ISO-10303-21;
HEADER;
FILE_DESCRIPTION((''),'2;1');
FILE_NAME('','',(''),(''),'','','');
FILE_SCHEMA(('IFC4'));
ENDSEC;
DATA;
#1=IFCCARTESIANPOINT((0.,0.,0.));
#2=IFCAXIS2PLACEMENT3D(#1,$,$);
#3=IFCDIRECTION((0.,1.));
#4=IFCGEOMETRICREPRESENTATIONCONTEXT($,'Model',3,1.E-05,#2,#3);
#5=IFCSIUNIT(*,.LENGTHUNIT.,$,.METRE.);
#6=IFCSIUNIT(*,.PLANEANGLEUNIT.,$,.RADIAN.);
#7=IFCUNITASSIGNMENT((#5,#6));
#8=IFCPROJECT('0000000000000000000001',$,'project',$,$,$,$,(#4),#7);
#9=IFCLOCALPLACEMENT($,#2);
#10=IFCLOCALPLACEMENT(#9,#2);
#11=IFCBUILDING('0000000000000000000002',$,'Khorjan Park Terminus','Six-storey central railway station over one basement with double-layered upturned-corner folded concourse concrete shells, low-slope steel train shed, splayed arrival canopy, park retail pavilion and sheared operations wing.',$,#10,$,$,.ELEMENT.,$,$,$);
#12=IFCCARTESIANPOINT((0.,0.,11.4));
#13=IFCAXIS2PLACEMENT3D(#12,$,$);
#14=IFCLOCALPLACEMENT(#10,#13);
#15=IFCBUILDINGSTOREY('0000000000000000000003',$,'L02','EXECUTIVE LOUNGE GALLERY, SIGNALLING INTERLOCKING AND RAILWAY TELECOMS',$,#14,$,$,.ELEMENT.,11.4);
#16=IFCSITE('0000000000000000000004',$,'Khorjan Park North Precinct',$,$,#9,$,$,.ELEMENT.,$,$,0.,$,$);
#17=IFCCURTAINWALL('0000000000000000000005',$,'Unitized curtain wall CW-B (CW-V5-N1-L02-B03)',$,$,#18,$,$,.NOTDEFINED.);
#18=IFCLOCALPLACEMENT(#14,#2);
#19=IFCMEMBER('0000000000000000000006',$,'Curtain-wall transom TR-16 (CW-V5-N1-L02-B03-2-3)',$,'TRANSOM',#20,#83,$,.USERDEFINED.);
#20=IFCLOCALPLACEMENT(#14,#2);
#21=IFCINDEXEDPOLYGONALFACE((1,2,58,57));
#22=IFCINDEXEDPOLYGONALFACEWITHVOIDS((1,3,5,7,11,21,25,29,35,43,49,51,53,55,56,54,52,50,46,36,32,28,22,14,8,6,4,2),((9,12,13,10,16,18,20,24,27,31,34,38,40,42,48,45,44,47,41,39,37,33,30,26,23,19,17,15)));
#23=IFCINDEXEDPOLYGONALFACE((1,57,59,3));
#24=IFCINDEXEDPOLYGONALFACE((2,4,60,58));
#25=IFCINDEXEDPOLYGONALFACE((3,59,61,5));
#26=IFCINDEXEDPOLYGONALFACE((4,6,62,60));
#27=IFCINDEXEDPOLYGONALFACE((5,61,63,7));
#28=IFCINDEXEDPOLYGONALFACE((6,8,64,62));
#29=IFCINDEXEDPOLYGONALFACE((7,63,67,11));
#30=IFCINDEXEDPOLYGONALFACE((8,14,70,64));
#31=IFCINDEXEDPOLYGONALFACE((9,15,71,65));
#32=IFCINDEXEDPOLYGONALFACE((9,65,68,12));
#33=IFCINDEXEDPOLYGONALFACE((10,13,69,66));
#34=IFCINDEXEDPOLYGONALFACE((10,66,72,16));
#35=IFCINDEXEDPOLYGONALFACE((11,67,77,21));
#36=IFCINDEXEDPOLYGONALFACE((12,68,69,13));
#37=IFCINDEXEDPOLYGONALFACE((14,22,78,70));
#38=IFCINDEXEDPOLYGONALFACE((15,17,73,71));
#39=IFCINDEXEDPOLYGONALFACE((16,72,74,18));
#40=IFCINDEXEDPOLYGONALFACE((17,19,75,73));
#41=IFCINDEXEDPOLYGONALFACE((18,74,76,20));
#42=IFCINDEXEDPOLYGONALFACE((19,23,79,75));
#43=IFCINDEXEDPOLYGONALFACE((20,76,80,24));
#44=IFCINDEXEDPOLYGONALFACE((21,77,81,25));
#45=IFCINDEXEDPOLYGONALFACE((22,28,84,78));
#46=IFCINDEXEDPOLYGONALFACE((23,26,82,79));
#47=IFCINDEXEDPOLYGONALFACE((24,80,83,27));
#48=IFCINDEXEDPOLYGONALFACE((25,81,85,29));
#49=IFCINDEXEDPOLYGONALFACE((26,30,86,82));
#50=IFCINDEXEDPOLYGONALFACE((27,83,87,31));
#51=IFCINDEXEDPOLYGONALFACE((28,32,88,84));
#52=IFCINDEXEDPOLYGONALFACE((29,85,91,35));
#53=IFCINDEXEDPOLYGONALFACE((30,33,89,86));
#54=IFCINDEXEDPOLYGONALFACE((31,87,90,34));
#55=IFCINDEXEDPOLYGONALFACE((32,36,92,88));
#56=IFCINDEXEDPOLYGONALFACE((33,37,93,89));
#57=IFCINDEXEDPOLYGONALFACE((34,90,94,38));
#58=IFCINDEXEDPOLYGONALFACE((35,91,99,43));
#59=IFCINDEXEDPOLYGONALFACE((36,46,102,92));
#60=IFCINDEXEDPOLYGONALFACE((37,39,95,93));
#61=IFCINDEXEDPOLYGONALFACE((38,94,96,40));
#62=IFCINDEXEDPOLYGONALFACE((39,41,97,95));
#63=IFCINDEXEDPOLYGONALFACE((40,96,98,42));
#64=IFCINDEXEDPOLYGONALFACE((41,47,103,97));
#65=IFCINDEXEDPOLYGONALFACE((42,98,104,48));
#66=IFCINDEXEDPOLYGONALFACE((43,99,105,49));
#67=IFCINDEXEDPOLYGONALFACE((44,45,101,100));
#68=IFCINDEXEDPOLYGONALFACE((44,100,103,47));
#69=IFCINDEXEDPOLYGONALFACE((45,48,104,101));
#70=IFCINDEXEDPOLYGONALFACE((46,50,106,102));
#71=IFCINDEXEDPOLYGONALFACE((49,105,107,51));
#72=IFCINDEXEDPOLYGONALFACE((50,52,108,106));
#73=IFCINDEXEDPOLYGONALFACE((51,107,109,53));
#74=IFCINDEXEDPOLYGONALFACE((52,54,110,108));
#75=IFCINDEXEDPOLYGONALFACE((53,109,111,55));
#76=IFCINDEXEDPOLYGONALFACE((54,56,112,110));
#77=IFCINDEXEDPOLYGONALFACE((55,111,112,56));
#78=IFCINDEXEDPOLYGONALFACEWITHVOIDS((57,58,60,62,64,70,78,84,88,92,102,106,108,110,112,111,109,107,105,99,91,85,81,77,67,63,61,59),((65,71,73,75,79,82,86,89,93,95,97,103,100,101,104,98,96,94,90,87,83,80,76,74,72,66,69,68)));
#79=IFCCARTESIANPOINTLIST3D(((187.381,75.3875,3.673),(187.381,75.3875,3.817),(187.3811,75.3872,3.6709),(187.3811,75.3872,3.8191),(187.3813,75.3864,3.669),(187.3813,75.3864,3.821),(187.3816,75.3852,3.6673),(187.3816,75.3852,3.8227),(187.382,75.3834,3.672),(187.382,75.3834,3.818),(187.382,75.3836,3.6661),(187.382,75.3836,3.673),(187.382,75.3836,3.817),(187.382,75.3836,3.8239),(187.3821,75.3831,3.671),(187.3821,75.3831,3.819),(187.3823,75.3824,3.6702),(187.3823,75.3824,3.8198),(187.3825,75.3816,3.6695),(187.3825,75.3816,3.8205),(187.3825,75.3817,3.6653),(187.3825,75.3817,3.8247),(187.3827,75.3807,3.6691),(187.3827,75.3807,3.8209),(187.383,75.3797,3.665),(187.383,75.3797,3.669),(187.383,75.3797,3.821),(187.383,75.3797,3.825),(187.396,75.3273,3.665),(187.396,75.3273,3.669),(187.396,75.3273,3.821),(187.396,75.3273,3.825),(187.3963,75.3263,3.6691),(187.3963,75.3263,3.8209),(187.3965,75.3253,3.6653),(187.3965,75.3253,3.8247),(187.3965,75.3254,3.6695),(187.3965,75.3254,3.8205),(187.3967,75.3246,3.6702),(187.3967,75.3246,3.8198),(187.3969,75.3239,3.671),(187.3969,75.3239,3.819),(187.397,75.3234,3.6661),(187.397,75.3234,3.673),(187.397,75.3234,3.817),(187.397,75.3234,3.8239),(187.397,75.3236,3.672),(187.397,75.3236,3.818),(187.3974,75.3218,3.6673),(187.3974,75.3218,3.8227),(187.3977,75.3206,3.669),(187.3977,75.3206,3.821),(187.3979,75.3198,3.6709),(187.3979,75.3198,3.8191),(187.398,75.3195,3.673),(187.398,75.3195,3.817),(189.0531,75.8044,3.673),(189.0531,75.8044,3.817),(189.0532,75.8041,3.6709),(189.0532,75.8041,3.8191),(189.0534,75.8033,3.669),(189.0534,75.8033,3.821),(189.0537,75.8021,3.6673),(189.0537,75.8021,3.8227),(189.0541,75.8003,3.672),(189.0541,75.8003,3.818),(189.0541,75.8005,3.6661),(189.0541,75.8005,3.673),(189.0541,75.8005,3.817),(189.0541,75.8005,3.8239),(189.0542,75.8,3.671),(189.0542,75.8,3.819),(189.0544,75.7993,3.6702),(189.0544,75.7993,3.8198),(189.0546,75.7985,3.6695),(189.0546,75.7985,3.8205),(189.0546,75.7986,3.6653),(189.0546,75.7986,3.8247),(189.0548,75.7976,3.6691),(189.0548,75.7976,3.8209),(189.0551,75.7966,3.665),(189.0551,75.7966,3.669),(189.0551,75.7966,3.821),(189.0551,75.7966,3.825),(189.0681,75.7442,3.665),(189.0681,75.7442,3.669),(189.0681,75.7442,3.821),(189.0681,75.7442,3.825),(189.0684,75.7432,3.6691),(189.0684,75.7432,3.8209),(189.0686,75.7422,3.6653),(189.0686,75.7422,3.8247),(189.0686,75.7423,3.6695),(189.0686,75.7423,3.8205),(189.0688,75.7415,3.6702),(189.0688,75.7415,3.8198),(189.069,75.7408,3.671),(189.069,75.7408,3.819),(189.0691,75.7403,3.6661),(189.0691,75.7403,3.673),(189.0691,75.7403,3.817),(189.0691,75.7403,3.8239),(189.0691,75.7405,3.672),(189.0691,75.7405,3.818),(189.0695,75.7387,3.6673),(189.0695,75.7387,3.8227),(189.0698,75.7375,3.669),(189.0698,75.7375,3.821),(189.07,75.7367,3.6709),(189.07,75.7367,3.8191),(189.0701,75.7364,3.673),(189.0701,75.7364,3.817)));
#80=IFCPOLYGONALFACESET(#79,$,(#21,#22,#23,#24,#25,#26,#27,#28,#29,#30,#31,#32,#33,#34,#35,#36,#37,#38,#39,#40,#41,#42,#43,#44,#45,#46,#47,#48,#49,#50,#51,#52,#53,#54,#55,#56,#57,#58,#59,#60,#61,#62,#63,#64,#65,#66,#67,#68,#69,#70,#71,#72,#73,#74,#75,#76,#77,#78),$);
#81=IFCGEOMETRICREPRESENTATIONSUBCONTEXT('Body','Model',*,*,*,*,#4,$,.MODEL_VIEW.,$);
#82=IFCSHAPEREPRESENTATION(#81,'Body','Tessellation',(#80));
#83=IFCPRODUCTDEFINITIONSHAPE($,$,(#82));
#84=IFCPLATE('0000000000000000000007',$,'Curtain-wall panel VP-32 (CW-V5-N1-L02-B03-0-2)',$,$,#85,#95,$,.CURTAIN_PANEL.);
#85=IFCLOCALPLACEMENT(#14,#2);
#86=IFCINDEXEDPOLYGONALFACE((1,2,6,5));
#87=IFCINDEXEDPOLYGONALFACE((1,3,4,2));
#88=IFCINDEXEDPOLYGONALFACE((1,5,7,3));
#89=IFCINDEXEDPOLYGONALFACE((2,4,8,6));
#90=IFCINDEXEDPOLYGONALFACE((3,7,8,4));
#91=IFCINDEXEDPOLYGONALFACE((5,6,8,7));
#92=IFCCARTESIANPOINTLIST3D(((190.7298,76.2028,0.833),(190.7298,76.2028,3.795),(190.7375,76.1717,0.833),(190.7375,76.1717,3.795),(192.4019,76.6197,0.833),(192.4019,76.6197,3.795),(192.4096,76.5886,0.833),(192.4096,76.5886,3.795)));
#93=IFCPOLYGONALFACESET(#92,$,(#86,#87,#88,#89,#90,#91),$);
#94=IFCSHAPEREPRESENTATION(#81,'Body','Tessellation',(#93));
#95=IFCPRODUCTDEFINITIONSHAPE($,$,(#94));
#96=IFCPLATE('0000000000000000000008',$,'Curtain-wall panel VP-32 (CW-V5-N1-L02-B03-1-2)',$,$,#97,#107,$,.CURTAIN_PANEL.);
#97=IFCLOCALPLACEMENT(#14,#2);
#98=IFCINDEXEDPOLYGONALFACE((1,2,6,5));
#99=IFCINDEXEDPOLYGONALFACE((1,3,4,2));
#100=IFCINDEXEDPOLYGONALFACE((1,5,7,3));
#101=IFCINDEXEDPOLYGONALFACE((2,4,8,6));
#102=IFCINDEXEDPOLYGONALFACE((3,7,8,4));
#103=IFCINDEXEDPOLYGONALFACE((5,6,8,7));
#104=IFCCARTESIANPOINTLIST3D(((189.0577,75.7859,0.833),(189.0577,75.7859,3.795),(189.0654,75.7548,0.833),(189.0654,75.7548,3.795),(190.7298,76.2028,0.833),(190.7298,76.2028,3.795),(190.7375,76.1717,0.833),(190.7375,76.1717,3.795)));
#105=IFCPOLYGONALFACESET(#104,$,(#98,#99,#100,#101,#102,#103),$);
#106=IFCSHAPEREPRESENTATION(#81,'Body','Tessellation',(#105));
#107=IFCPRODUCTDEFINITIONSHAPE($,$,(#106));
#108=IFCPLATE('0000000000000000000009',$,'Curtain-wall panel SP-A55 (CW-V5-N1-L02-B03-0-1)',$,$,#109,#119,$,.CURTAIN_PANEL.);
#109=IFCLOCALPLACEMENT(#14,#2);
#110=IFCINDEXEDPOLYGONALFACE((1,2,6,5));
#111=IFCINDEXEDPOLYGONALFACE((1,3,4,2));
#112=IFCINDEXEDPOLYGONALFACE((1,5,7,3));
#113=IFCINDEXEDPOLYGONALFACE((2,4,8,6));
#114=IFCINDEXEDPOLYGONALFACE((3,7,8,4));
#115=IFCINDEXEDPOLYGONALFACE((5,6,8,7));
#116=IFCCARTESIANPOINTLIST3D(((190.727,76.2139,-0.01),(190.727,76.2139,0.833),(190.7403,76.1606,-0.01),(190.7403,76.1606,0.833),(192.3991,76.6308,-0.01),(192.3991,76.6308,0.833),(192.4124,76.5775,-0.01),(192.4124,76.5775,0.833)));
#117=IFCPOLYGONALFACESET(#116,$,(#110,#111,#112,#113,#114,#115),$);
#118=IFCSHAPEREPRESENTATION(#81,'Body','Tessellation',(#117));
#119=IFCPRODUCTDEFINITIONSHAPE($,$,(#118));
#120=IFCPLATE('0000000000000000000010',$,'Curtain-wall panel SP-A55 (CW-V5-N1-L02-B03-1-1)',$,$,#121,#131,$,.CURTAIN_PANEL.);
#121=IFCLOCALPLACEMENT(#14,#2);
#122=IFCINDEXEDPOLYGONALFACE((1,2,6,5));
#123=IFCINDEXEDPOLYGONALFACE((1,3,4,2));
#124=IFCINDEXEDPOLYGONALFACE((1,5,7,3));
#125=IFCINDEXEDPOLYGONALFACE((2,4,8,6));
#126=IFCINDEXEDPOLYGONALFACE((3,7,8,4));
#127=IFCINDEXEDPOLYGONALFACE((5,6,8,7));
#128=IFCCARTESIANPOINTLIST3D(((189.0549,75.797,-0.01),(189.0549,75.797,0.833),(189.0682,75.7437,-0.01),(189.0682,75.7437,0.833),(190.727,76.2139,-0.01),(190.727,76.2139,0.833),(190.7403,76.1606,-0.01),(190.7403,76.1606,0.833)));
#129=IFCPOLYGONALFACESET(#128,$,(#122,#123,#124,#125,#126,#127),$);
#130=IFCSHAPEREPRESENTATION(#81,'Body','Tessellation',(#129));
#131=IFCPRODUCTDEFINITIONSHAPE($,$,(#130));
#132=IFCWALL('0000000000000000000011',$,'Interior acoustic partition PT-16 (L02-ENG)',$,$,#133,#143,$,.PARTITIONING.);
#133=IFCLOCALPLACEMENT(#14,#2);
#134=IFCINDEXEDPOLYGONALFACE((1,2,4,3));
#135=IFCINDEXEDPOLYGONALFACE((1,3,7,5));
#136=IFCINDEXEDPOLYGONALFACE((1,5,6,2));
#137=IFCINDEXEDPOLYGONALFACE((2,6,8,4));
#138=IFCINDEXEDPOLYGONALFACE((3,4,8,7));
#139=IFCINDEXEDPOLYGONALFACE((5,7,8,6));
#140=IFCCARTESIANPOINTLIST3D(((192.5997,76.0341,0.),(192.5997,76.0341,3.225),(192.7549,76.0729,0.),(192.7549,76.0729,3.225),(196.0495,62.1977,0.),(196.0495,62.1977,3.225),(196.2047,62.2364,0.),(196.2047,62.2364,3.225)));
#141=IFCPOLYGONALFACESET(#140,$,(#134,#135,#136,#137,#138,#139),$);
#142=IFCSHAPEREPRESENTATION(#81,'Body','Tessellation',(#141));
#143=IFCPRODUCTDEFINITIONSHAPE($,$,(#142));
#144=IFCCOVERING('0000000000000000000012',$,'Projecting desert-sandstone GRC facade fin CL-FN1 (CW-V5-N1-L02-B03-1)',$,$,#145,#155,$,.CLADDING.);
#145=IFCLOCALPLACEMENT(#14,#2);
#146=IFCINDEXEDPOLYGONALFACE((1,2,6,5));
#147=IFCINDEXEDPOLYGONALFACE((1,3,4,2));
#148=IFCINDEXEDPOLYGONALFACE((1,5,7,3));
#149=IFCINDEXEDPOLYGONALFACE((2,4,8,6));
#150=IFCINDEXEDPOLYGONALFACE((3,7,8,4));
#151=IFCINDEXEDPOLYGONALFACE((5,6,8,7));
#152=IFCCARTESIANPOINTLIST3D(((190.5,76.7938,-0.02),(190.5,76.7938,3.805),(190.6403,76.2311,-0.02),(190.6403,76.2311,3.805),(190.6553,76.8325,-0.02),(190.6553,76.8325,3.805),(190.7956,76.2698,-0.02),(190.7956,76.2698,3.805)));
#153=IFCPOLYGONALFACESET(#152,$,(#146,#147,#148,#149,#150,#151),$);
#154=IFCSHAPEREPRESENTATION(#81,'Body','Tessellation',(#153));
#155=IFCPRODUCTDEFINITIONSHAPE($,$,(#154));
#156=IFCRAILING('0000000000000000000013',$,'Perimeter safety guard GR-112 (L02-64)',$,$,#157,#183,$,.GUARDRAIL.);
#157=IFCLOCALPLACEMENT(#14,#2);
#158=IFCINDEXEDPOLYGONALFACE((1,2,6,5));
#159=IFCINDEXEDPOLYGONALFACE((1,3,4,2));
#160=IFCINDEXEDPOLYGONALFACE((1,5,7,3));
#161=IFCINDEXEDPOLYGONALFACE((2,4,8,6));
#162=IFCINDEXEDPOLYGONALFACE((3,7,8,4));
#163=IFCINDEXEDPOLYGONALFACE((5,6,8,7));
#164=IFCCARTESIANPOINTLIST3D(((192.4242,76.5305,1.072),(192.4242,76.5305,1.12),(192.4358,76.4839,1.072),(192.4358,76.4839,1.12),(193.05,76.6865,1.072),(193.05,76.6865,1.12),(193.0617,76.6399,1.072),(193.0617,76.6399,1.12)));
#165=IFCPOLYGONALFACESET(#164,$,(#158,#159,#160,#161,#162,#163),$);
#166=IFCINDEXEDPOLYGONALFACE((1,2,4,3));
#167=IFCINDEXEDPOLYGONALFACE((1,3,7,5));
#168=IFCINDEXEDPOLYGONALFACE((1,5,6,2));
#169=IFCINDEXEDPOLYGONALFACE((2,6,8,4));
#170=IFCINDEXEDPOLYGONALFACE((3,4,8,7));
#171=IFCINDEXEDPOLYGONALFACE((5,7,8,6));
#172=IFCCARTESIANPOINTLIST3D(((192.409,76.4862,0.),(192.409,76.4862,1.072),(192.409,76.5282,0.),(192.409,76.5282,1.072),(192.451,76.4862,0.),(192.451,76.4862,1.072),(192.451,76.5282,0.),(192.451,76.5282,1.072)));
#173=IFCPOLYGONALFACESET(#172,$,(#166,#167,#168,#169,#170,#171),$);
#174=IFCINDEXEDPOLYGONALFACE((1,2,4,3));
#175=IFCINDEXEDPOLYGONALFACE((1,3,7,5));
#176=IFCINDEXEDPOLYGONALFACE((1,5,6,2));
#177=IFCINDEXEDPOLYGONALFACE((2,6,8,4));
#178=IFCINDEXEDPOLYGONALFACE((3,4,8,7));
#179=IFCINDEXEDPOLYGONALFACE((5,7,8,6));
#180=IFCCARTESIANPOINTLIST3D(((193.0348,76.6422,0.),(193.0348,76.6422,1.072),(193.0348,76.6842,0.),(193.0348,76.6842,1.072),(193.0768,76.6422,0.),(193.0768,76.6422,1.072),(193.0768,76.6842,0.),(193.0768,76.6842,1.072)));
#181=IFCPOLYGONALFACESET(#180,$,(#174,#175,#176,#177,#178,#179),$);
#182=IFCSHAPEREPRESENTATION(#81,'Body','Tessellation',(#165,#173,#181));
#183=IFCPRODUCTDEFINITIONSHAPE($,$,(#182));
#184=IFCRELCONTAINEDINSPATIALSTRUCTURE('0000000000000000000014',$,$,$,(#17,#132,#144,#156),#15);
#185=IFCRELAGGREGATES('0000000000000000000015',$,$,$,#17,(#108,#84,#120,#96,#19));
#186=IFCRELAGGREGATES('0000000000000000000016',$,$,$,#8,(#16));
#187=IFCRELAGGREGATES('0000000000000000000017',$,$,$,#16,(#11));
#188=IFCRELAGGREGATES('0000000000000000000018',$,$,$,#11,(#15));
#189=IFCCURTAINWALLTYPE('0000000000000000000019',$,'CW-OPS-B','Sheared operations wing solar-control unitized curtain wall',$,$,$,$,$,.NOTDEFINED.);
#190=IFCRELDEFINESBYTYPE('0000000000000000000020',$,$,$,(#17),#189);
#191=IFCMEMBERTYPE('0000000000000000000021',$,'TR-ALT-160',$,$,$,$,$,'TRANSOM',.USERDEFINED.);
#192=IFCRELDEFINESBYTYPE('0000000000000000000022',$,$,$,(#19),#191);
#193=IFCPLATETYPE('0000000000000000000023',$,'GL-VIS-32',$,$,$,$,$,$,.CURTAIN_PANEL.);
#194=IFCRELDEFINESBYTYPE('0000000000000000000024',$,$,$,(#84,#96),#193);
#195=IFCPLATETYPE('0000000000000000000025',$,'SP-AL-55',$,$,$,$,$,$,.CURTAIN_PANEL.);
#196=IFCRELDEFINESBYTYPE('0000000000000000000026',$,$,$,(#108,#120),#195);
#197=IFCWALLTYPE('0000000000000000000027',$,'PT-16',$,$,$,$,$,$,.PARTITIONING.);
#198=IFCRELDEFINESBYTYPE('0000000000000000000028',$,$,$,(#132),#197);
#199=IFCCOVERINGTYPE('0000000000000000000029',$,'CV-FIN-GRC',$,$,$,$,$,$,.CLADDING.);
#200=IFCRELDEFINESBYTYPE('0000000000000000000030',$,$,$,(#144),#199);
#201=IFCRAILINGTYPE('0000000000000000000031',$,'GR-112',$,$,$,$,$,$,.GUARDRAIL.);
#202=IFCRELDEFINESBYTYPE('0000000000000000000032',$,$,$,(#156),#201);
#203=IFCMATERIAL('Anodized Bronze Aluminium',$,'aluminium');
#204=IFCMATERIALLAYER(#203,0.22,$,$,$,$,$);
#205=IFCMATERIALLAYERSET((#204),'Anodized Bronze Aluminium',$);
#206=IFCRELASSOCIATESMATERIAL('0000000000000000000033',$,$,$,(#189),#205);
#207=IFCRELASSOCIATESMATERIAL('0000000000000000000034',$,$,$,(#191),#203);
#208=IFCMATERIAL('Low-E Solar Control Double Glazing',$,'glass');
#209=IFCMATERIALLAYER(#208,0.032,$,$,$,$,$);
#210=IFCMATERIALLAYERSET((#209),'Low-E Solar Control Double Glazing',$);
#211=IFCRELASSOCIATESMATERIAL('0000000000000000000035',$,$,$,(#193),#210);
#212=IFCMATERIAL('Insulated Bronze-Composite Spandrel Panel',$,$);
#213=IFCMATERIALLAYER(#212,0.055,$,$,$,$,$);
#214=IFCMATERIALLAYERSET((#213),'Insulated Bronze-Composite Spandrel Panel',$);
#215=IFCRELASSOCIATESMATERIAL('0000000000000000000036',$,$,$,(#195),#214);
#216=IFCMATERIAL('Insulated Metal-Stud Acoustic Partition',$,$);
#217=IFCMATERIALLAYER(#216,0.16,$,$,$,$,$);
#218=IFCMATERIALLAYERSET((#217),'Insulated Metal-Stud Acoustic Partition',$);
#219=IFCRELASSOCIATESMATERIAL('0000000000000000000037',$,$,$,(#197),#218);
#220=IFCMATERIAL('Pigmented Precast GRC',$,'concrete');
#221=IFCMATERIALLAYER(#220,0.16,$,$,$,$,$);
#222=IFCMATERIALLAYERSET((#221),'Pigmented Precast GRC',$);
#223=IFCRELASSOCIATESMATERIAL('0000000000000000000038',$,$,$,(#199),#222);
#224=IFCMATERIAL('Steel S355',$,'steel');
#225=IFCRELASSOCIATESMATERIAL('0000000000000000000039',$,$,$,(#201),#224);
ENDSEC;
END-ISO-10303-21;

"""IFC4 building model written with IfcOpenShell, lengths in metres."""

from ifc_helpers import new_model, si_unit, direction, frame, frame_2d, origin, origin_2d, place, context, subcontext, project, spatial, rectangle, hollow_rectangle, extrude, material, layer, layer_set, material_profile, profile_set, type_object, element, aggregate, save


model = new_model("IFC4")

# Units and contexts
model_context = context("Model", 3, precision=1e-05, world=origin(), true_north=direction((0.0, 1.0)))
body_context = subcontext(model_context, "Body", "Model", "MODEL_VIEW")
ifc_project = project(units=[si_unit("LENGTHUNIT", "METRE"), si_unit("PLANEANGLEUNIT", "RADIAN")], contexts=[model_context])

# Site, building, storey
site_placement = place(None, origin())
site = spatial("IfcSite", under=ifc_project, at=site_placement, Name="Khorjan Park North Precinct", CompositionType="ELEMENT", RefElevation=0.0)
building_placement = place(site_placement, origin())
building = spatial("IfcBuilding", under=site, at=building_placement, Name="Khorjan Park Terminus", Description="Six-storey central railway station over one basement with double-layered upturned-corner folded concourse concrete shells, low-slope steel train shed, splayed arrival canopy, park retail pavilion and sheared operations wing.", CompositionType="ELEMENT")
storey_placement = place(building_placement, frame((0.0, 0.0, 11.4)))
storey = spatial("IfcBuildingStorey", under=building, at=storey_placement, Name="L02", Description="EXECUTIVE LOUNGE GALLERY, SIGNALLING INTERLOCKING AND RAILWAY TELECOMS", CompositionType="ELEMENT", Elevation=11.4)

# Curtain wall, member, plates
ifc_material_1 = material(Name="Anodized Bronze Aluminium", Category="aluminium")
ifc_layer_1 = layer(ifc_material_1, 0.22)
ifc_layer_set_1 = layer_set([ifc_layer_1], Name="Anodized Bronze Aluminium")
curtain_wall_type = type_object("IfcCurtainWallType", Name="CW-OPS-B", Description="Sheared operations wing solar-control unitized curtain wall", PredefinedType="NOTDEFINED", material=ifc_layer_set_1)
curtain_wall_placement = place(storey_placement, origin())
curtain_wall = element("IfcCurtainWall", 1, at=curtain_wall_placement, inside=storey, type_object=curtain_wall_type, Name="Unitized curtain wall CW-B (CW-V5-N1-L02-B03)", PredefinedType="NOTDEFINED")
ifc_material_profile_1 = material_profile(ifc_material_1, hollow_rectangle(XDim=0.07, YDim=0.16, WallThickness=0.004, InnerFilletRadius=0.004, OuterFilletRadius=0.008, at=origin_2d()), Name="ALT 70x160x4")
ifc_profile_set_1 = profile_set([ifc_material_profile_1], Name="Anodized Bronze Aluminium")
member_type_1 = type_object("IfcMemberType", Name="TR-ALT-160", ElementType="TRANSOM", PredefinedType="USERDEFINED", material=ifc_profile_set_1)
member_1_placement = place(storey_placement, frame((189.0616, 75.7704, 3.745), z_axis=(-0.970296, -0.241921, 0.0), x_axis=(0.241921, -0.970296, 0.0)))
member_1 = element("IfcMember", 2, at=member_1_placement, type_object=member_type_1, Name="Curtain-wall transom TR-16 (CW-V5-N1-L02-B03-2-3)", ObjectType="TRANSOM", PredefinedType="USERDEFINED", context=body_context, shape_type="SweptSolid", body=[
    extrude(hollow_rectangle(XDim=0.07, YDim=0.16, WallThickness=0.004, InnerFilletRadius=0.004, OuterFilletRadius=0.008, at=origin_2d()), origin(), (0.0, 0.0, 1.0), 1.7233),
])
ifc_material_2 = material(Name="Low-E Solar Control Double Glazing", Category="glass")
ifc_layer_2 = layer(ifc_material_2, 0.032)
ifc_layer_set_2 = layer_set([ifc_layer_2], Name="Low-E Solar Control Double Glazing")
plate_type_1 = type_object("IfcPlateType", Name="GL-VIS-32", PredefinedType="CURTAIN_PANEL", material=ifc_layer_set_2)
plate_1_placement = place(storey_placement, frame((191.5697, 76.3957, 0.833), z_axis=(0.0, 0.0, 1.0), x_axis=(-0.970296, -0.241921, 0.0)))
plate_1 = element("IfcPlate", 3, at=plate_1_placement, type_object=plate_type_1, Name="Curtain-wall panel VP-32 (CW-V5-N1-L02-B03-0-2)", PredefinedType="CURTAIN_PANEL", context=body_context, shape_type="SweptSolid", body=[
    extrude(rectangle(XDim=1.7233, YDim=0.032, at=origin_2d()), origin(), (0.0, 0.0, 1.0), 2.962),
])
plate_2_placement = place(storey_placement, frame((189.8976, 75.9788, 0.833), z_axis=(0.0, 0.0, 1.0), x_axis=(-0.970296, -0.241921, 0.0)))
plate_2 = element("IfcPlate", 4, at=plate_2_placement, type_object=plate_type_1, Name="Curtain-wall panel VP-32 (CW-V5-N1-L02-B03-1-2)", PredefinedType="CURTAIN_PANEL", context=body_context, shape_type="SweptSolid", body=[
    extrude(rectangle(XDim=1.7233, YDim=0.032, at=origin_2d()), origin(), (0.0, 0.0, 1.0), 2.962),
])
ifc_material_3 = material(Name="Insulated Bronze-Composite Spandrel Panel")
ifc_layer_3 = layer(ifc_material_3, 0.055)
ifc_layer_set_3 = layer_set([ifc_layer_3], Name="Insulated Bronze-Composite Spandrel Panel")
plate_type_2 = type_object("IfcPlateType", Name="SP-AL-55", PredefinedType="CURTAIN_PANEL", material=ifc_layer_set_3)
plate_3_placement = place(storey_placement, frame((191.5697, 76.3957, -0.01), z_axis=(0.0, 0.0, 1.0), x_axis=(-0.970296, -0.241921, 0.0)))
plate_3 = element("IfcPlate", 5, at=plate_3_placement, type_object=plate_type_2, Name="Curtain-wall panel SP-A55 (CW-V5-N1-L02-B03-0-1)", PredefinedType="CURTAIN_PANEL", context=body_context, shape_type="SweptSolid", body=[
    extrude(rectangle(XDim=1.7233, YDim=0.055, at=origin_2d()), origin(), (0.0, 0.0, 1.0), 0.843),
])
plate_4_placement = place(storey_placement, frame((189.8976, 75.9788, -0.01), z_axis=(0.0, 0.0, 1.0), x_axis=(-0.970296, -0.241921, 0.0)))
plate_4 = element("IfcPlate", 6, at=plate_4_placement, type_object=plate_type_2, Name="Curtain-wall panel SP-A55 (CW-V5-N1-L02-B03-1-1)", PredefinedType="CURTAIN_PANEL", context=body_context, shape_type="SweptSolid", body=[
    extrude(rectangle(XDim=1.7233, YDim=0.055, at=origin_2d()), origin(), (0.0, 0.0, 1.0), 0.843),
])
aggregate(curtain_wall, [plate_3, plate_1, plate_4, plate_2, member_1])

# Wall
ifc_material_4 = material(Name="Insulated Metal-Stud Acoustic Partition")
ifc_layer_4 = layer(ifc_material_4, 0.16)
ifc_layer_set_4 = layer_set([ifc_layer_4], Name="Insulated Metal-Stud Acoustic Partition")
wall_type = type_object("IfcWallType", Name="PT-16", PredefinedType="PARTITIONING", material=ifc_layer_set_4)
wall_placement = place(storey_placement, frame((192.6773, 76.0535, 0.0), z_axis=(0.0, 0.0, 1.0), x_axis=(0.241922, -0.970296, 0.0)))
element("IfcWall", 7, at=wall_placement, inside=storey, type_object=wall_type, Name="Interior acoustic partition PT-16 (L02-ENG)", PredefinedType="PARTITIONING", context=body_context, shape_type="SweptSolid", body=[
    extrude(rectangle(XDim=14.26, YDim=0.16, at=frame_2d((7.13, 0.0))), origin(), (0.0, 0.0, 1.0), 3.225),
])

# Covering
ifc_material_5 = material(Name="Pigmented Precast GRC", Category="concrete")
ifc_layer_5 = layer(ifc_material_5, 0.16)
ifc_layer_set_5 = layer_set([ifc_layer_5], Name="Pigmented Precast GRC")
covering_type = type_object("IfcCoveringType", Name="CV-FIN-GRC", PredefinedType="CLADDING", material=ifc_layer_set_5)
covering_placement = place(storey_placement, frame((190.6478, 76.5318, -0.02), z_axis=(0.0, 0.0, 1.0), x_axis=(0.241922, -0.970296, 0.0)))
element("IfcCovering", 8, at=covering_placement, inside=storey, type_object=covering_type, Name="Projecting desert-sandstone GRC facade fin CL-FN1 (CW-V5-N1-L02-B03-1)", PredefinedType="CLADDING", context=body_context, shape_type="SweptSolid", body=[
    extrude(rectangle(XDim=0.58, YDim=0.16, at=origin_2d()), origin(), (0.0, 0.0, 1.0), 3.825),
])

# Railing
ifc_material_6 = material(Name="Steel S355", Category="steel")
railing_type = type_object("IfcRailingType", Name="GR-112", PredefinedType="GUARDRAIL", material=ifc_material_6)
railing_placement = place(storey_placement, frame((192.43, 76.5072, 0.0)))
element("IfcRailing", 9, at=railing_placement, inside=storey, type_object=railing_type, Name="Perimeter safety guard GR-112 (L02-64)", PredefinedType="GUARDRAIL", context=body_context, shape_type="SweptSolid", body=[
    extrude(rectangle(XDim=0.048, YDim=0.048, at=origin_2d()), frame((0.0, 0.0, 1.096), z_axis=(0.970306, 0.241879, 0.0), x_axis=(-0.241879, 0.970306, 0.0)), (0.0, 0.0, 1.0), 0.645),
    extrude(rectangle(XDim=0.042, YDim=0.042, at=origin_2d()), origin(), (0.0, 0.0, 1.0), 1.072),
    extrude(rectangle(XDim=0.042, YDim=0.042, at=origin_2d()), frame((0.6258, 0.156, 0.0)), (0.0, 0.0, 1.0), 1.072),
])

save(model, "model.ifc")
